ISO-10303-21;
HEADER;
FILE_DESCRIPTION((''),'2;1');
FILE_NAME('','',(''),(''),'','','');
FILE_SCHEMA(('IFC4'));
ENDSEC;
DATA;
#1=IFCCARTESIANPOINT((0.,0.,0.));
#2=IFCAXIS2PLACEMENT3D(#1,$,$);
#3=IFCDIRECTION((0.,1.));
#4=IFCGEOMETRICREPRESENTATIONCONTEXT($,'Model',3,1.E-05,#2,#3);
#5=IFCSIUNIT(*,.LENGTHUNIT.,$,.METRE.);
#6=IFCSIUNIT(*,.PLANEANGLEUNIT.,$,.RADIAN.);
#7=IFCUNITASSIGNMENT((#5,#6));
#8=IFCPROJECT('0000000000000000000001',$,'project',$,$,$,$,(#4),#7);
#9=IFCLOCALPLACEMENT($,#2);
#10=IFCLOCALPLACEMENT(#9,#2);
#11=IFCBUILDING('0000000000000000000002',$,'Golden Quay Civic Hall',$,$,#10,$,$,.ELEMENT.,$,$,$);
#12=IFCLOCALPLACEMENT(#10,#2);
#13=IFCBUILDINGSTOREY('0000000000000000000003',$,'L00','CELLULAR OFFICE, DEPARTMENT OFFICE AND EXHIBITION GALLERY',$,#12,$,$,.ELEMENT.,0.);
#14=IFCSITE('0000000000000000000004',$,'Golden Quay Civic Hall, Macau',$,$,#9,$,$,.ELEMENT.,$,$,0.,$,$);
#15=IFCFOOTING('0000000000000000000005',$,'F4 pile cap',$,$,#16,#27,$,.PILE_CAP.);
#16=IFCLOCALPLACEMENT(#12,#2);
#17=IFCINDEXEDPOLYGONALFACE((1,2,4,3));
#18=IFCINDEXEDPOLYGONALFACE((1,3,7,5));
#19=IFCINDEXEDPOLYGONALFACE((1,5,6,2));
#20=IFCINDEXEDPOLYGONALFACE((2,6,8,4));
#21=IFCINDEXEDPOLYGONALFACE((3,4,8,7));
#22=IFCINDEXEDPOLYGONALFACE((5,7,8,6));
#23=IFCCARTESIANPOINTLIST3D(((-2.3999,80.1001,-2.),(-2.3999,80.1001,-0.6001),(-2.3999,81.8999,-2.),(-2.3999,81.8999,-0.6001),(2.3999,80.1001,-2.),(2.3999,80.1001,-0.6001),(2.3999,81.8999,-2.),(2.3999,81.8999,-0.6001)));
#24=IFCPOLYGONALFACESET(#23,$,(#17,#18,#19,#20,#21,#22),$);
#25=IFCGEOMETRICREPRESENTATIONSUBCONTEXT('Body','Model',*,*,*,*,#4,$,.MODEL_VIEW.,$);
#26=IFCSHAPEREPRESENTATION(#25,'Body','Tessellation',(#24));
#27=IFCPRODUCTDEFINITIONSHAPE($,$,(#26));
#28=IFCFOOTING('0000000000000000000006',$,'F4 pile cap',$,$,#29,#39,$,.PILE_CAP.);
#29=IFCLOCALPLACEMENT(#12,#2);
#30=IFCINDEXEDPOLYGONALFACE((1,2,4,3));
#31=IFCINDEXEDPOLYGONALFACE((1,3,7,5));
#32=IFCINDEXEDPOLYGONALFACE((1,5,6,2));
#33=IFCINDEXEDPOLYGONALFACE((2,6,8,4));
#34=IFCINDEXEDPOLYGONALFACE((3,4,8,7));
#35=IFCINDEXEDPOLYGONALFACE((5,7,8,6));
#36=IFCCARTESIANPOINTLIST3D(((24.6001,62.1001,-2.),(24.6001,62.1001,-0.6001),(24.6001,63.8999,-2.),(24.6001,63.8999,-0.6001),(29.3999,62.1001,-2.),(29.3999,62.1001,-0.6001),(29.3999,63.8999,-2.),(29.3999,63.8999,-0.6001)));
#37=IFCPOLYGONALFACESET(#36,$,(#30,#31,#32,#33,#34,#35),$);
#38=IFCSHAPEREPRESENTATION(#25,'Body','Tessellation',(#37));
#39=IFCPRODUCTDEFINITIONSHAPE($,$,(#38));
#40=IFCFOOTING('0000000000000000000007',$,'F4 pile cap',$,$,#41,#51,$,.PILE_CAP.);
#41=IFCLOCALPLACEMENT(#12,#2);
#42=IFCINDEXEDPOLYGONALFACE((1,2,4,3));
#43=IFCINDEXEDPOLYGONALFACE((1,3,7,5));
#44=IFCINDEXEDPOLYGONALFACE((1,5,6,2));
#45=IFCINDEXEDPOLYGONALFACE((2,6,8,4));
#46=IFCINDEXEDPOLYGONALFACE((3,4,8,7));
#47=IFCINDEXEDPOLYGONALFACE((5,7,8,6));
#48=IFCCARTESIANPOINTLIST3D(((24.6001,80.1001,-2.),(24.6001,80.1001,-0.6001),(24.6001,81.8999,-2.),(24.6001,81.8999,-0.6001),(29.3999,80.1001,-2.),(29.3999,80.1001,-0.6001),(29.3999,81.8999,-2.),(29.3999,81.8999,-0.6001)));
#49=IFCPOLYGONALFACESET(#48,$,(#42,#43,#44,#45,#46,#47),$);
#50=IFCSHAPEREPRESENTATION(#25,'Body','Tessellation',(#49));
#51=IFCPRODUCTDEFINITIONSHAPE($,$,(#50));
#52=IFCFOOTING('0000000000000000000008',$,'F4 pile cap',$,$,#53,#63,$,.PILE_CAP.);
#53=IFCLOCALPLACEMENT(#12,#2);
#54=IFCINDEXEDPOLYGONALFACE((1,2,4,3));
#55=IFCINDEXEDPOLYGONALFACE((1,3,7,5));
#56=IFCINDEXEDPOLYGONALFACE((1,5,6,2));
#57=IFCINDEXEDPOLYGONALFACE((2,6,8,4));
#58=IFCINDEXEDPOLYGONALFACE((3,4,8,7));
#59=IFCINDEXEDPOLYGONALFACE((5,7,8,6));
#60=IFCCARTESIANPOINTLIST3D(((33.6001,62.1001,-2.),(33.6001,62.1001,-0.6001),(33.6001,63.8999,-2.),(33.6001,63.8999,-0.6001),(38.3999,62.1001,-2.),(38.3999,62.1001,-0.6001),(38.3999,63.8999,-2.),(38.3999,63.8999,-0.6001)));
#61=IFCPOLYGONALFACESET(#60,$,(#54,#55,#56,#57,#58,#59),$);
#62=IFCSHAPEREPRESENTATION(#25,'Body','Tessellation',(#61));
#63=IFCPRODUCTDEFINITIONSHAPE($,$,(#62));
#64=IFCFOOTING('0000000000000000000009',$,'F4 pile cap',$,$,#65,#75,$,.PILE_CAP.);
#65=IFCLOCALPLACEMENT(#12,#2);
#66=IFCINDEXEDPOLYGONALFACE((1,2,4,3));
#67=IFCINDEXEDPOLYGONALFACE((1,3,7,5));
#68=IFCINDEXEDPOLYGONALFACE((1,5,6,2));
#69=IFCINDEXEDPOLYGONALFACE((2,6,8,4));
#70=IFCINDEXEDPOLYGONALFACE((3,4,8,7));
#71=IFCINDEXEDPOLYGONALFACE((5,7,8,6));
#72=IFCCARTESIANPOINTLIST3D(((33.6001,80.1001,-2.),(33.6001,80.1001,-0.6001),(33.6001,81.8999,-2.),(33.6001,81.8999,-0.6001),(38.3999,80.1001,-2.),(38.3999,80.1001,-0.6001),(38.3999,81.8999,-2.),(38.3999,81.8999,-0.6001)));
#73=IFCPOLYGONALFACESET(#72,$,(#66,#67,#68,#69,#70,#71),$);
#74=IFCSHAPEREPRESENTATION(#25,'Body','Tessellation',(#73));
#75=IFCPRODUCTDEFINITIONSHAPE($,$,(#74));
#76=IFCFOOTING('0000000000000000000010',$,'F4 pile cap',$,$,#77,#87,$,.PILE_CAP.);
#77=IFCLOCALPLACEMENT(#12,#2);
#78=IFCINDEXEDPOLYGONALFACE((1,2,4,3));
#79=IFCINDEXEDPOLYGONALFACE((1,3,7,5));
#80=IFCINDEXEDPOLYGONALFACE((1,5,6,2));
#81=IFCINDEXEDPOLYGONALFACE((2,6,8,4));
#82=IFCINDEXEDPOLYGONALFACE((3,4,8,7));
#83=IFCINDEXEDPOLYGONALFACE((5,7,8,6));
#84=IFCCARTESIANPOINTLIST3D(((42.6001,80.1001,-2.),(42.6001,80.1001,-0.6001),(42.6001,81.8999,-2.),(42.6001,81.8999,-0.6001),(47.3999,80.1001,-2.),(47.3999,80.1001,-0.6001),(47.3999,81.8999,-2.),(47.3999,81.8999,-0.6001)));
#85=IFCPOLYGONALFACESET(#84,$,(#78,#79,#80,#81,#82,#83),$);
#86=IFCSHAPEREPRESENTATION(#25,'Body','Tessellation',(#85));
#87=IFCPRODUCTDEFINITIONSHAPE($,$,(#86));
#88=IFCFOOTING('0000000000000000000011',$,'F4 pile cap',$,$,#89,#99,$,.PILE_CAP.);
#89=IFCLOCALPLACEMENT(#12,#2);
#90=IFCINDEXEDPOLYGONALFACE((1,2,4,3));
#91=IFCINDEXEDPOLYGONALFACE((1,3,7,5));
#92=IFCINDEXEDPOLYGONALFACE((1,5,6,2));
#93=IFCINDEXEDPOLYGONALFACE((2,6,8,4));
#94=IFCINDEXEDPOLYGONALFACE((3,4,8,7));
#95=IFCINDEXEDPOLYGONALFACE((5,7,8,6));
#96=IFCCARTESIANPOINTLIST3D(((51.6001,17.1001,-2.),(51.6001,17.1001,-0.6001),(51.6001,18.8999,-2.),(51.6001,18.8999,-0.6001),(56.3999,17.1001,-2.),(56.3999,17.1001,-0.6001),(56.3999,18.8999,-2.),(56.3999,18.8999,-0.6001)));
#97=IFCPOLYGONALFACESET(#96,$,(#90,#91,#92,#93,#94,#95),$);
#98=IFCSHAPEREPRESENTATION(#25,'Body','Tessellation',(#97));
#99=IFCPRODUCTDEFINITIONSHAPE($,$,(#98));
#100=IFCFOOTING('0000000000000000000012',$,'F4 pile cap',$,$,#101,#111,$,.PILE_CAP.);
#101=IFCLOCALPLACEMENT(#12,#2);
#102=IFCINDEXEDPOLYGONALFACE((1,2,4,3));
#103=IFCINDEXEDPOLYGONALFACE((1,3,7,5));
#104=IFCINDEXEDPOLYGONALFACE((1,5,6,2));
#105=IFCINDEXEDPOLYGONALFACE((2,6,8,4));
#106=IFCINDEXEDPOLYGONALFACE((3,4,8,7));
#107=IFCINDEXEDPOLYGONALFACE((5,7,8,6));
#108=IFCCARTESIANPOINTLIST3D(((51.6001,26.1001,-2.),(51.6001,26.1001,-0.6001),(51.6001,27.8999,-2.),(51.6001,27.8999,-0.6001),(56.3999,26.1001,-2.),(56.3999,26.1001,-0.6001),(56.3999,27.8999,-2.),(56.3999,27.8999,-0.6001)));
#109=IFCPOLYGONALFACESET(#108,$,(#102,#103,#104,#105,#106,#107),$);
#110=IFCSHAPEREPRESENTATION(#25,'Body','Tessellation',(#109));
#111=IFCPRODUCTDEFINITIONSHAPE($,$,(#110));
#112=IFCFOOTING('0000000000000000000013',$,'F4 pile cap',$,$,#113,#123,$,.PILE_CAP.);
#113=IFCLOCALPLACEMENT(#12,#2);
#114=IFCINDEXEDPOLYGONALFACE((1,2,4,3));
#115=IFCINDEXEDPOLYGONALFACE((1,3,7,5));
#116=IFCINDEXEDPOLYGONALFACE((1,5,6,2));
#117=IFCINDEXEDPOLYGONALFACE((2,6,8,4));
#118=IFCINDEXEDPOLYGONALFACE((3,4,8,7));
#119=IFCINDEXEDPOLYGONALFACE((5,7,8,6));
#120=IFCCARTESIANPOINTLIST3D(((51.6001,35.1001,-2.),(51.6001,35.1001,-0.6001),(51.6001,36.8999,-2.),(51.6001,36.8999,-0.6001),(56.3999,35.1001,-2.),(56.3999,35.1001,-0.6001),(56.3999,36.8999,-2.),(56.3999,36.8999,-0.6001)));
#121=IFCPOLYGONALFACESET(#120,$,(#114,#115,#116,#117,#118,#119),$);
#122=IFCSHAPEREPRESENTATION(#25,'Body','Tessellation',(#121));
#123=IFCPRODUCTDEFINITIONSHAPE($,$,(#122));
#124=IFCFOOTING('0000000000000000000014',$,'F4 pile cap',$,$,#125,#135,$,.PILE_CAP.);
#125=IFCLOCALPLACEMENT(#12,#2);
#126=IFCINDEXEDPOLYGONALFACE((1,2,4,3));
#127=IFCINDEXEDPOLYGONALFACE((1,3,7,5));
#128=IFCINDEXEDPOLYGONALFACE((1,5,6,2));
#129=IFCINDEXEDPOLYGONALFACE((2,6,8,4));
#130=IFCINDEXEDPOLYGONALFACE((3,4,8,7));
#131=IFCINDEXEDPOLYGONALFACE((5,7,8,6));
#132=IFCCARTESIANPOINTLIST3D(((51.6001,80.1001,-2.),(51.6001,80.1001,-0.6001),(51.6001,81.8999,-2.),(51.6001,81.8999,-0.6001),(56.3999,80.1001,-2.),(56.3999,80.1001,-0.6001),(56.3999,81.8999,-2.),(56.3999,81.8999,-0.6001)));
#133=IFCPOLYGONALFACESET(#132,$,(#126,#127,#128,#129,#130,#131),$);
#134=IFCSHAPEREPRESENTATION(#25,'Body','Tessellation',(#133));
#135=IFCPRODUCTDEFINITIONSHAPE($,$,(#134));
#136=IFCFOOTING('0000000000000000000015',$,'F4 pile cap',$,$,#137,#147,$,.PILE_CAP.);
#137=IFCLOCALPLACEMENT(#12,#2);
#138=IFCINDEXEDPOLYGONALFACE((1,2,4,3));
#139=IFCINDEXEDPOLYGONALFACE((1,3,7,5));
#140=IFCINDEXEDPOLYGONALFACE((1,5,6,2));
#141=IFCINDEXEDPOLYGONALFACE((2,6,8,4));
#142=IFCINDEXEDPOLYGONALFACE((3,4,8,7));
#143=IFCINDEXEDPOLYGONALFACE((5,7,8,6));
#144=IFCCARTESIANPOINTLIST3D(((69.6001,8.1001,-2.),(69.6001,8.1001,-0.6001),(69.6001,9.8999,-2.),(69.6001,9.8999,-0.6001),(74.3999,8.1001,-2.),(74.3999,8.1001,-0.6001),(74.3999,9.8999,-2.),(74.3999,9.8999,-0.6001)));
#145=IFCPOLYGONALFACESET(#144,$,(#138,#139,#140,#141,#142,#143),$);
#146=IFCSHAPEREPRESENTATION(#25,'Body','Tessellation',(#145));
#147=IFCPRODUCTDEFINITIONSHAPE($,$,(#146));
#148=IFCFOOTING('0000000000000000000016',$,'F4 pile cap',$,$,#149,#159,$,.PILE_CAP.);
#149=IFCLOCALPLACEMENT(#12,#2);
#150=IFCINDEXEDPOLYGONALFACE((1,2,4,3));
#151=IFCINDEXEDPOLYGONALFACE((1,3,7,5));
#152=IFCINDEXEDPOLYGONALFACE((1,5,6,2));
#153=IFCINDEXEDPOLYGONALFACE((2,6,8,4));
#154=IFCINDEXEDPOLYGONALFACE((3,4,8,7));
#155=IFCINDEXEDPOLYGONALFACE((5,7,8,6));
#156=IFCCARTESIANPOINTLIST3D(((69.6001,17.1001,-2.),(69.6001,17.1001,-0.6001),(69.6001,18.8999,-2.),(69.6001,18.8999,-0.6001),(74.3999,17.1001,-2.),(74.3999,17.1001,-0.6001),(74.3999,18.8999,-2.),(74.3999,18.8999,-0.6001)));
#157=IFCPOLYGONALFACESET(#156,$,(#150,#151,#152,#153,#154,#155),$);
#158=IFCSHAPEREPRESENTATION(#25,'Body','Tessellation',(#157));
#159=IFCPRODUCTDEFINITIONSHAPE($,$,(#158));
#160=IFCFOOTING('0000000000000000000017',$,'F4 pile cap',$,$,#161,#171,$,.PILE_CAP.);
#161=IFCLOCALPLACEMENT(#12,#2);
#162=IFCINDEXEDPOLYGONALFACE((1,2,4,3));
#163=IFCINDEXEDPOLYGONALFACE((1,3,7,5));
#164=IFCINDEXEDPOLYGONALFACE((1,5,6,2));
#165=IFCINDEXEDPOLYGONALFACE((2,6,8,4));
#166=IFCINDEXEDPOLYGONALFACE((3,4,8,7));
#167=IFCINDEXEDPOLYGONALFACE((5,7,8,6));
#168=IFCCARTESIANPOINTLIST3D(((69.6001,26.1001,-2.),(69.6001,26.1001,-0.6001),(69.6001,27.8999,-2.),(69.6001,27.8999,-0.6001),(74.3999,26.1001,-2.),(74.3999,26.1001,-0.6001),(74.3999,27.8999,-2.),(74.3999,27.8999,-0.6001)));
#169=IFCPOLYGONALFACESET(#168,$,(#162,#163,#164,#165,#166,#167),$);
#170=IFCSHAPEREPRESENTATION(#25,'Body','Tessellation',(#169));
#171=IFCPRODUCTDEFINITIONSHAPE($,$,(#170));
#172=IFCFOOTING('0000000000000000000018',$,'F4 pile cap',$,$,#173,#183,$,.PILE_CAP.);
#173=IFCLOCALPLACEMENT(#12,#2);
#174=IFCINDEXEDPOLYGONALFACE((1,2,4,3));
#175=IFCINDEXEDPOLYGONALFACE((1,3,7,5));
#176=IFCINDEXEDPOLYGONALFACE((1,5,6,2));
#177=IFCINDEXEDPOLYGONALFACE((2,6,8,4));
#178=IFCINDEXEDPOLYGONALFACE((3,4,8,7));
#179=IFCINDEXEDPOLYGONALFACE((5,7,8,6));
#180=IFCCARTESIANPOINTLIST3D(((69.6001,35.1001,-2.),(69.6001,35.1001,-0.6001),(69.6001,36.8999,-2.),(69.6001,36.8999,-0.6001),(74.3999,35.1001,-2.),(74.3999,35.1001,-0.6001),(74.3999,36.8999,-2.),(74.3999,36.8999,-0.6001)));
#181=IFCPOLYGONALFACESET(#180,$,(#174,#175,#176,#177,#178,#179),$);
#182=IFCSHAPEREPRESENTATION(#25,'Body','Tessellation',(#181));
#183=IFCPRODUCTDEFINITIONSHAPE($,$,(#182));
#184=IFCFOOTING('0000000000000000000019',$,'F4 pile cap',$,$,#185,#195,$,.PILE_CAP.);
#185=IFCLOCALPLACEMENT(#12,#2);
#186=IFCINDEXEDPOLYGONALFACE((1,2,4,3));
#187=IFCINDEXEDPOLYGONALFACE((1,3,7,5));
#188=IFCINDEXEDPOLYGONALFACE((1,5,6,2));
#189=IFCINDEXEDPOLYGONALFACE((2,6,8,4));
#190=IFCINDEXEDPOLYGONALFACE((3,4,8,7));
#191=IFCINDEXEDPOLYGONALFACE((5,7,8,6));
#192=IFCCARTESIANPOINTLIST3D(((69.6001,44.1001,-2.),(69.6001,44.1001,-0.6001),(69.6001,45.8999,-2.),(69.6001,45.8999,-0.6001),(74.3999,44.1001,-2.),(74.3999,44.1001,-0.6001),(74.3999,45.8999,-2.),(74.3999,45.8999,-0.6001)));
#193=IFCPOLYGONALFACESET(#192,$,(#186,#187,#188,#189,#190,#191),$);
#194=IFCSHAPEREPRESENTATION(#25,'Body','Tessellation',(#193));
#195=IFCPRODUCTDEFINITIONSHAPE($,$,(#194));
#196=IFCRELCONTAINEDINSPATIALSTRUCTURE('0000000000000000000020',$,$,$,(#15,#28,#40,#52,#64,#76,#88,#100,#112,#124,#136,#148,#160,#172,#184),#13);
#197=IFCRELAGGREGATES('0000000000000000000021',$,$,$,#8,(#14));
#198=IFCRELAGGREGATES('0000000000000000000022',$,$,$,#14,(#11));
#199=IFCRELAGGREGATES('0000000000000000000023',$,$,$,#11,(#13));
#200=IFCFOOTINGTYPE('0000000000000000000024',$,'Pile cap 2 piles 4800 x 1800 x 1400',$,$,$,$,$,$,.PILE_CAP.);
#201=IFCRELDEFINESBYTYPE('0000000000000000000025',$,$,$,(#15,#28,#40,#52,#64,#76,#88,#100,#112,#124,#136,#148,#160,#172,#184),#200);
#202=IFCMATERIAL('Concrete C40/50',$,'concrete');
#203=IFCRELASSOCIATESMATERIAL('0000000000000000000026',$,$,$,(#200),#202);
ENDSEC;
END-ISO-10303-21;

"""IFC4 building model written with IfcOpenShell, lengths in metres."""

from ifc_helpers import new_model, si_unit, direction, frame, origin, place, context, subcontext, project, spatial, polyline, outline, extrude, material, type_object, element, save


model = new_model("IFC4")

# Units and contexts
model_context = context("Model", 3, precision=1e-05, world=origin(), true_north=direction((0.0, 1.0)))
body_context = subcontext(model_context, "Body", "Model", "MODEL_VIEW")
ifc_project = project(units=[si_unit("LENGTHUNIT", "METRE"), si_unit("PLANEANGLEUNIT", "RADIAN")], contexts=[model_context])

# Site, building, storey
site_placement = place(None, origin())
site = spatial("IfcSite", under=ifc_project, at=site_placement, Name="Golden Quay Civic Hall, Macau", CompositionType="ELEMENT", RefElevation=0.0)
building_placement = place(site_placement, origin())
building = spatial("IfcBuilding", under=site, at=building_placement, Name="Golden Quay Civic Hall", CompositionType="ELEMENT")
storey_placement = place(building_placement, origin())
storey = spatial("IfcBuildingStorey", under=building, at=storey_placement, Name="L00", Description="CELLULAR OFFICE, DEPARTMENT OFFICE AND EXHIBITION GALLERY", CompositionType="ELEMENT", Elevation=0.0)

# Footings
ifc_material_1 = material(Name="Concrete C40/50", Category="concrete")
footing_type_1 = type_object("IfcFootingType", Name="Pile cap 2 piles 4800 x 1800 x 1400", PredefinedType="PILE_CAP", material=ifc_material_1)
footing_1_placement = place(storey_placement, frame((0.0, 0.0, -2.0)))
element("IfcFooting", 1, at=footing_1_placement, inside=storey, type_object=footing_type_1, Name="F4 pile cap", PredefinedType="PILE_CAP", context=body_context, shape_type="SweptSolid", body=[
    extrude(outline(polyline([(2.3999, 80.1001), (2.3999, 81.8999), (-2.3999, 81.8999), (-2.3999, 80.1001), (2.3999, 80.1001)])), origin(), (0.0, 0.0, 1.0), 1.3999),
])
footing_2_placement = place(storey_placement, frame((0.0, 0.0, -2.0)))
element("IfcFooting", 2, at=footing_2_placement, inside=storey, type_object=footing_type_1, Name="F4 pile cap", PredefinedType="PILE_CAP", context=body_context, shape_type="SweptSolid", body=[
    extrude(outline(polyline([(29.3999, 62.1001), (29.3999, 63.8999), (24.6001, 63.8999), (24.6001, 62.1001), (29.3999, 62.1001)])), origin(), (0.0, 0.0, 1.0), 1.3999),
])
footing_3_placement = place(storey_placement, frame((0.0, 0.0, -2.0)))
element("IfcFooting", 3, at=footing_3_placement, inside=storey, type_object=footing_type_1, Name="F4 pile cap", PredefinedType="PILE_CAP", context=body_context, shape_type="SweptSolid", body=[
    extrude(outline(polyline([(29.3999, 80.1001), (29.3999, 81.8999), (24.6001, 81.8999), (24.6001, 80.1001), (29.3999, 80.1001)])), origin(), (0.0, 0.0, 1.0), 1.3999),
])
footing_4_placement = place(storey_placement, frame((0.0, 0.0, -2.0)))
element("IfcFooting", 4, at=footing_4_placement, inside=storey, type_object=footing_type_1, Name="F4 pile cap", PredefinedType="PILE_CAP", context=body_context, shape_type="SweptSolid", body=[
    extrude(outline(polyline([(38.3999, 62.1001), (38.3999, 63.8999), (33.6001, 63.8999), (33.6001, 62.1001), (38.3999, 62.1001)])), origin(), (0.0, 0.0, 1.0), 1.3999),
])
footing_5_placement = place(storey_placement, frame((0.0, 0.0, -2.0)))
element("IfcFooting", 5, at=footing_5_placement, inside=storey, type_object=footing_type_1, Name="F4 pile cap", PredefinedType="PILE_CAP", context=body_context, shape_type="SweptSolid", body=[
    extrude(outline(polyline([(38.3999, 80.1001), (38.3999, 81.8999), (33.6001, 81.8999), (33.6001, 80.1001), (38.3999, 80.1001)])), origin(), (0.0, 0.0, 1.0), 1.3999),
])
footing_6_placement = place(storey_placement, frame((0.0, 0.0, -2.0)))
element("IfcFooting", 6, at=footing_6_placement, inside=storey, type_object=footing_type_1, Name="F4 pile cap", PredefinedType="PILE_CAP", context=body_context, shape_type="SweptSolid", body=[
    extrude(outline(polyline([(47.3999, 80.1001), (47.3999, 81.8999), (42.6001, 81.8999), (42.6001, 80.1001), (47.3999, 80.1001)])), origin(), (0.0, 0.0, 1.0), 1.3999),
])
footing_7_placement = place(storey_placement, frame((0.0, 0.0, -2.0)))
element("IfcFooting", 7, at=footing_7_placement, inside=storey, type_object=footing_type_1, Name="F4 pile cap", PredefinedType="PILE_CAP", context=body_context, shape_type="SweptSolid", body=[
    extrude(outline(polyline([(56.3999, 17.1001), (56.3999, 18.8999), (51.6001, 18.8999), (51.6001, 17.1001), (56.3999, 17.1001)])), origin(), (0.0, 0.0, 1.0), 1.3999),
])
footing_8_placement = place(storey_placement, frame((0.0, 0.0, -2.0)))
element("IfcFooting", 8, at=footing_8_placement, inside=storey, type_object=footing_type_1, Name="F4 pile cap", PredefinedType="PILE_CAP", context=body_context, shape_type="SweptSolid", body=[
    extrude(outline(polyline([(56.3999, 26.1001), (56.3999, 27.8999), (51.6001, 27.8999), (51.6001, 26.1001), (56.3999, 26.1001)])), origin(), (0.0, 0.0, 1.0), 1.3999),
])
footing_9_placement = place(storey_placement, frame((0.0, 0.0, -2.0)))
element("IfcFooting", 9, at=footing_9_placement, inside=storey, type_object=footing_type_1, Name="F4 pile cap", PredefinedType="PILE_CAP", context=body_context, shape_type="SweptSolid", body=[
    extrude(outline(polyline([(56.3999, 35.1001), (56.3999, 36.8999), (51.6001, 36.8999), (51.6001, 35.1001), (56.3999, 35.1001)])), origin(), (0.0, 0.0, 1.0), 1.3999),
])
footing_10_placement = place(storey_placement, frame((0.0, 0.0, -2.0)))
element("IfcFooting", 10, at=footing_10_placement, inside=storey, type_object=footing_type_1, Name="F4 pile cap", PredefinedType="PILE_CAP", context=body_context, shape_type="SweptSolid", body=[
    extrude(outline(polyline([(56.3999, 80.1001), (56.3999, 81.8999), (51.6001, 81.8999), (51.6001, 80.1001), (56.3999, 80.1001)])), origin(), (0.0, 0.0, 1.0), 1.3999),
])
footing_11_placement = place(storey_placement, frame((0.0, 0.0, -2.0)))
element("IfcFooting", 11, at=footing_11_placement, inside=storey, type_object=footing_type_1, Name="F4 pile cap", PredefinedType="PILE_CAP", context=body_context, shape_type="SweptSolid", body=[
    extrude(outline(polyline([(74.3999, 8.1001), (74.3999, 9.8999), (69.6001, 9.8999), (69.6001, 8.1001), (74.3999, 8.1001)])), origin(), (0.0, 0.0, 1.0), 1.3999),
])
footing_12_placement = place(storey_placement, frame((0.0, 0.0, -2.0)))
element("IfcFooting", 12, at=footing_12_placement, inside=storey, type_object=footing_type_1, Name="F4 pile cap", PredefinedType="PILE_CAP", context=body_context, shape_type="SweptSolid", body=[
    extrude(outline(polyline([(74.3999, 17.1001), (74.3999, 18.8999), (69.6001, 18.8999), (69.6001, 17.1001), (74.3999, 17.1001)])), origin(), (0.0, 0.0, 1.0), 1.3999),
])
footing_13_placement = place(storey_placement, frame((0.0, 0.0, -2.0)))
element("IfcFooting", 13, at=footing_13_placement, inside=storey, type_object=footing_type_1, Name="F4 pile cap", PredefinedType="PILE_CAP", context=body_context, shape_type="SweptSolid", body=[
    extrude(outline(polyline([(74.3999, 26.1001), (74.3999, 27.8999), (69.6001, 27.8999), (69.6001, 26.1001), (74.3999, 26.1001)])), origin(), (0.0, 0.0, 1.0), 1.3999),
])
footing_14_placement = place(storey_placement, frame((0.0, 0.0, -2.0)))
element("IfcFooting", 14, at=footing_14_placement, inside=storey, type_object=footing_type_1, Name="F4 pile cap", PredefinedType="PILE_CAP", context=body_context, shape_type="SweptSolid", body=[
    extrude(outline(polyline([(74.3999, 35.1001), (74.3999, 36.8999), (69.6001, 36.8999), (69.6001, 35.1001), (74.3999, 35.1001)])), origin(), (0.0, 0.0, 1.0), 1.3999),
])
footing_15_placement = place(storey_placement, frame((0.0, 0.0, -2.0)))
element("IfcFooting", 15, at=footing_15_placement, inside=storey, type_object=footing_type_1, Name="F4 pile cap", PredefinedType="PILE_CAP", context=body_context, shape_type="SweptSolid", body=[
    extrude(outline(polyline([(74.3999, 44.1001), (74.3999, 45.8999), (69.6001, 45.8999), (69.6001, 44.1001), (74.3999, 44.1001)])), origin(), (0.0, 0.0, 1.0), 1.3999),
])

save(model, "model.ifc")
